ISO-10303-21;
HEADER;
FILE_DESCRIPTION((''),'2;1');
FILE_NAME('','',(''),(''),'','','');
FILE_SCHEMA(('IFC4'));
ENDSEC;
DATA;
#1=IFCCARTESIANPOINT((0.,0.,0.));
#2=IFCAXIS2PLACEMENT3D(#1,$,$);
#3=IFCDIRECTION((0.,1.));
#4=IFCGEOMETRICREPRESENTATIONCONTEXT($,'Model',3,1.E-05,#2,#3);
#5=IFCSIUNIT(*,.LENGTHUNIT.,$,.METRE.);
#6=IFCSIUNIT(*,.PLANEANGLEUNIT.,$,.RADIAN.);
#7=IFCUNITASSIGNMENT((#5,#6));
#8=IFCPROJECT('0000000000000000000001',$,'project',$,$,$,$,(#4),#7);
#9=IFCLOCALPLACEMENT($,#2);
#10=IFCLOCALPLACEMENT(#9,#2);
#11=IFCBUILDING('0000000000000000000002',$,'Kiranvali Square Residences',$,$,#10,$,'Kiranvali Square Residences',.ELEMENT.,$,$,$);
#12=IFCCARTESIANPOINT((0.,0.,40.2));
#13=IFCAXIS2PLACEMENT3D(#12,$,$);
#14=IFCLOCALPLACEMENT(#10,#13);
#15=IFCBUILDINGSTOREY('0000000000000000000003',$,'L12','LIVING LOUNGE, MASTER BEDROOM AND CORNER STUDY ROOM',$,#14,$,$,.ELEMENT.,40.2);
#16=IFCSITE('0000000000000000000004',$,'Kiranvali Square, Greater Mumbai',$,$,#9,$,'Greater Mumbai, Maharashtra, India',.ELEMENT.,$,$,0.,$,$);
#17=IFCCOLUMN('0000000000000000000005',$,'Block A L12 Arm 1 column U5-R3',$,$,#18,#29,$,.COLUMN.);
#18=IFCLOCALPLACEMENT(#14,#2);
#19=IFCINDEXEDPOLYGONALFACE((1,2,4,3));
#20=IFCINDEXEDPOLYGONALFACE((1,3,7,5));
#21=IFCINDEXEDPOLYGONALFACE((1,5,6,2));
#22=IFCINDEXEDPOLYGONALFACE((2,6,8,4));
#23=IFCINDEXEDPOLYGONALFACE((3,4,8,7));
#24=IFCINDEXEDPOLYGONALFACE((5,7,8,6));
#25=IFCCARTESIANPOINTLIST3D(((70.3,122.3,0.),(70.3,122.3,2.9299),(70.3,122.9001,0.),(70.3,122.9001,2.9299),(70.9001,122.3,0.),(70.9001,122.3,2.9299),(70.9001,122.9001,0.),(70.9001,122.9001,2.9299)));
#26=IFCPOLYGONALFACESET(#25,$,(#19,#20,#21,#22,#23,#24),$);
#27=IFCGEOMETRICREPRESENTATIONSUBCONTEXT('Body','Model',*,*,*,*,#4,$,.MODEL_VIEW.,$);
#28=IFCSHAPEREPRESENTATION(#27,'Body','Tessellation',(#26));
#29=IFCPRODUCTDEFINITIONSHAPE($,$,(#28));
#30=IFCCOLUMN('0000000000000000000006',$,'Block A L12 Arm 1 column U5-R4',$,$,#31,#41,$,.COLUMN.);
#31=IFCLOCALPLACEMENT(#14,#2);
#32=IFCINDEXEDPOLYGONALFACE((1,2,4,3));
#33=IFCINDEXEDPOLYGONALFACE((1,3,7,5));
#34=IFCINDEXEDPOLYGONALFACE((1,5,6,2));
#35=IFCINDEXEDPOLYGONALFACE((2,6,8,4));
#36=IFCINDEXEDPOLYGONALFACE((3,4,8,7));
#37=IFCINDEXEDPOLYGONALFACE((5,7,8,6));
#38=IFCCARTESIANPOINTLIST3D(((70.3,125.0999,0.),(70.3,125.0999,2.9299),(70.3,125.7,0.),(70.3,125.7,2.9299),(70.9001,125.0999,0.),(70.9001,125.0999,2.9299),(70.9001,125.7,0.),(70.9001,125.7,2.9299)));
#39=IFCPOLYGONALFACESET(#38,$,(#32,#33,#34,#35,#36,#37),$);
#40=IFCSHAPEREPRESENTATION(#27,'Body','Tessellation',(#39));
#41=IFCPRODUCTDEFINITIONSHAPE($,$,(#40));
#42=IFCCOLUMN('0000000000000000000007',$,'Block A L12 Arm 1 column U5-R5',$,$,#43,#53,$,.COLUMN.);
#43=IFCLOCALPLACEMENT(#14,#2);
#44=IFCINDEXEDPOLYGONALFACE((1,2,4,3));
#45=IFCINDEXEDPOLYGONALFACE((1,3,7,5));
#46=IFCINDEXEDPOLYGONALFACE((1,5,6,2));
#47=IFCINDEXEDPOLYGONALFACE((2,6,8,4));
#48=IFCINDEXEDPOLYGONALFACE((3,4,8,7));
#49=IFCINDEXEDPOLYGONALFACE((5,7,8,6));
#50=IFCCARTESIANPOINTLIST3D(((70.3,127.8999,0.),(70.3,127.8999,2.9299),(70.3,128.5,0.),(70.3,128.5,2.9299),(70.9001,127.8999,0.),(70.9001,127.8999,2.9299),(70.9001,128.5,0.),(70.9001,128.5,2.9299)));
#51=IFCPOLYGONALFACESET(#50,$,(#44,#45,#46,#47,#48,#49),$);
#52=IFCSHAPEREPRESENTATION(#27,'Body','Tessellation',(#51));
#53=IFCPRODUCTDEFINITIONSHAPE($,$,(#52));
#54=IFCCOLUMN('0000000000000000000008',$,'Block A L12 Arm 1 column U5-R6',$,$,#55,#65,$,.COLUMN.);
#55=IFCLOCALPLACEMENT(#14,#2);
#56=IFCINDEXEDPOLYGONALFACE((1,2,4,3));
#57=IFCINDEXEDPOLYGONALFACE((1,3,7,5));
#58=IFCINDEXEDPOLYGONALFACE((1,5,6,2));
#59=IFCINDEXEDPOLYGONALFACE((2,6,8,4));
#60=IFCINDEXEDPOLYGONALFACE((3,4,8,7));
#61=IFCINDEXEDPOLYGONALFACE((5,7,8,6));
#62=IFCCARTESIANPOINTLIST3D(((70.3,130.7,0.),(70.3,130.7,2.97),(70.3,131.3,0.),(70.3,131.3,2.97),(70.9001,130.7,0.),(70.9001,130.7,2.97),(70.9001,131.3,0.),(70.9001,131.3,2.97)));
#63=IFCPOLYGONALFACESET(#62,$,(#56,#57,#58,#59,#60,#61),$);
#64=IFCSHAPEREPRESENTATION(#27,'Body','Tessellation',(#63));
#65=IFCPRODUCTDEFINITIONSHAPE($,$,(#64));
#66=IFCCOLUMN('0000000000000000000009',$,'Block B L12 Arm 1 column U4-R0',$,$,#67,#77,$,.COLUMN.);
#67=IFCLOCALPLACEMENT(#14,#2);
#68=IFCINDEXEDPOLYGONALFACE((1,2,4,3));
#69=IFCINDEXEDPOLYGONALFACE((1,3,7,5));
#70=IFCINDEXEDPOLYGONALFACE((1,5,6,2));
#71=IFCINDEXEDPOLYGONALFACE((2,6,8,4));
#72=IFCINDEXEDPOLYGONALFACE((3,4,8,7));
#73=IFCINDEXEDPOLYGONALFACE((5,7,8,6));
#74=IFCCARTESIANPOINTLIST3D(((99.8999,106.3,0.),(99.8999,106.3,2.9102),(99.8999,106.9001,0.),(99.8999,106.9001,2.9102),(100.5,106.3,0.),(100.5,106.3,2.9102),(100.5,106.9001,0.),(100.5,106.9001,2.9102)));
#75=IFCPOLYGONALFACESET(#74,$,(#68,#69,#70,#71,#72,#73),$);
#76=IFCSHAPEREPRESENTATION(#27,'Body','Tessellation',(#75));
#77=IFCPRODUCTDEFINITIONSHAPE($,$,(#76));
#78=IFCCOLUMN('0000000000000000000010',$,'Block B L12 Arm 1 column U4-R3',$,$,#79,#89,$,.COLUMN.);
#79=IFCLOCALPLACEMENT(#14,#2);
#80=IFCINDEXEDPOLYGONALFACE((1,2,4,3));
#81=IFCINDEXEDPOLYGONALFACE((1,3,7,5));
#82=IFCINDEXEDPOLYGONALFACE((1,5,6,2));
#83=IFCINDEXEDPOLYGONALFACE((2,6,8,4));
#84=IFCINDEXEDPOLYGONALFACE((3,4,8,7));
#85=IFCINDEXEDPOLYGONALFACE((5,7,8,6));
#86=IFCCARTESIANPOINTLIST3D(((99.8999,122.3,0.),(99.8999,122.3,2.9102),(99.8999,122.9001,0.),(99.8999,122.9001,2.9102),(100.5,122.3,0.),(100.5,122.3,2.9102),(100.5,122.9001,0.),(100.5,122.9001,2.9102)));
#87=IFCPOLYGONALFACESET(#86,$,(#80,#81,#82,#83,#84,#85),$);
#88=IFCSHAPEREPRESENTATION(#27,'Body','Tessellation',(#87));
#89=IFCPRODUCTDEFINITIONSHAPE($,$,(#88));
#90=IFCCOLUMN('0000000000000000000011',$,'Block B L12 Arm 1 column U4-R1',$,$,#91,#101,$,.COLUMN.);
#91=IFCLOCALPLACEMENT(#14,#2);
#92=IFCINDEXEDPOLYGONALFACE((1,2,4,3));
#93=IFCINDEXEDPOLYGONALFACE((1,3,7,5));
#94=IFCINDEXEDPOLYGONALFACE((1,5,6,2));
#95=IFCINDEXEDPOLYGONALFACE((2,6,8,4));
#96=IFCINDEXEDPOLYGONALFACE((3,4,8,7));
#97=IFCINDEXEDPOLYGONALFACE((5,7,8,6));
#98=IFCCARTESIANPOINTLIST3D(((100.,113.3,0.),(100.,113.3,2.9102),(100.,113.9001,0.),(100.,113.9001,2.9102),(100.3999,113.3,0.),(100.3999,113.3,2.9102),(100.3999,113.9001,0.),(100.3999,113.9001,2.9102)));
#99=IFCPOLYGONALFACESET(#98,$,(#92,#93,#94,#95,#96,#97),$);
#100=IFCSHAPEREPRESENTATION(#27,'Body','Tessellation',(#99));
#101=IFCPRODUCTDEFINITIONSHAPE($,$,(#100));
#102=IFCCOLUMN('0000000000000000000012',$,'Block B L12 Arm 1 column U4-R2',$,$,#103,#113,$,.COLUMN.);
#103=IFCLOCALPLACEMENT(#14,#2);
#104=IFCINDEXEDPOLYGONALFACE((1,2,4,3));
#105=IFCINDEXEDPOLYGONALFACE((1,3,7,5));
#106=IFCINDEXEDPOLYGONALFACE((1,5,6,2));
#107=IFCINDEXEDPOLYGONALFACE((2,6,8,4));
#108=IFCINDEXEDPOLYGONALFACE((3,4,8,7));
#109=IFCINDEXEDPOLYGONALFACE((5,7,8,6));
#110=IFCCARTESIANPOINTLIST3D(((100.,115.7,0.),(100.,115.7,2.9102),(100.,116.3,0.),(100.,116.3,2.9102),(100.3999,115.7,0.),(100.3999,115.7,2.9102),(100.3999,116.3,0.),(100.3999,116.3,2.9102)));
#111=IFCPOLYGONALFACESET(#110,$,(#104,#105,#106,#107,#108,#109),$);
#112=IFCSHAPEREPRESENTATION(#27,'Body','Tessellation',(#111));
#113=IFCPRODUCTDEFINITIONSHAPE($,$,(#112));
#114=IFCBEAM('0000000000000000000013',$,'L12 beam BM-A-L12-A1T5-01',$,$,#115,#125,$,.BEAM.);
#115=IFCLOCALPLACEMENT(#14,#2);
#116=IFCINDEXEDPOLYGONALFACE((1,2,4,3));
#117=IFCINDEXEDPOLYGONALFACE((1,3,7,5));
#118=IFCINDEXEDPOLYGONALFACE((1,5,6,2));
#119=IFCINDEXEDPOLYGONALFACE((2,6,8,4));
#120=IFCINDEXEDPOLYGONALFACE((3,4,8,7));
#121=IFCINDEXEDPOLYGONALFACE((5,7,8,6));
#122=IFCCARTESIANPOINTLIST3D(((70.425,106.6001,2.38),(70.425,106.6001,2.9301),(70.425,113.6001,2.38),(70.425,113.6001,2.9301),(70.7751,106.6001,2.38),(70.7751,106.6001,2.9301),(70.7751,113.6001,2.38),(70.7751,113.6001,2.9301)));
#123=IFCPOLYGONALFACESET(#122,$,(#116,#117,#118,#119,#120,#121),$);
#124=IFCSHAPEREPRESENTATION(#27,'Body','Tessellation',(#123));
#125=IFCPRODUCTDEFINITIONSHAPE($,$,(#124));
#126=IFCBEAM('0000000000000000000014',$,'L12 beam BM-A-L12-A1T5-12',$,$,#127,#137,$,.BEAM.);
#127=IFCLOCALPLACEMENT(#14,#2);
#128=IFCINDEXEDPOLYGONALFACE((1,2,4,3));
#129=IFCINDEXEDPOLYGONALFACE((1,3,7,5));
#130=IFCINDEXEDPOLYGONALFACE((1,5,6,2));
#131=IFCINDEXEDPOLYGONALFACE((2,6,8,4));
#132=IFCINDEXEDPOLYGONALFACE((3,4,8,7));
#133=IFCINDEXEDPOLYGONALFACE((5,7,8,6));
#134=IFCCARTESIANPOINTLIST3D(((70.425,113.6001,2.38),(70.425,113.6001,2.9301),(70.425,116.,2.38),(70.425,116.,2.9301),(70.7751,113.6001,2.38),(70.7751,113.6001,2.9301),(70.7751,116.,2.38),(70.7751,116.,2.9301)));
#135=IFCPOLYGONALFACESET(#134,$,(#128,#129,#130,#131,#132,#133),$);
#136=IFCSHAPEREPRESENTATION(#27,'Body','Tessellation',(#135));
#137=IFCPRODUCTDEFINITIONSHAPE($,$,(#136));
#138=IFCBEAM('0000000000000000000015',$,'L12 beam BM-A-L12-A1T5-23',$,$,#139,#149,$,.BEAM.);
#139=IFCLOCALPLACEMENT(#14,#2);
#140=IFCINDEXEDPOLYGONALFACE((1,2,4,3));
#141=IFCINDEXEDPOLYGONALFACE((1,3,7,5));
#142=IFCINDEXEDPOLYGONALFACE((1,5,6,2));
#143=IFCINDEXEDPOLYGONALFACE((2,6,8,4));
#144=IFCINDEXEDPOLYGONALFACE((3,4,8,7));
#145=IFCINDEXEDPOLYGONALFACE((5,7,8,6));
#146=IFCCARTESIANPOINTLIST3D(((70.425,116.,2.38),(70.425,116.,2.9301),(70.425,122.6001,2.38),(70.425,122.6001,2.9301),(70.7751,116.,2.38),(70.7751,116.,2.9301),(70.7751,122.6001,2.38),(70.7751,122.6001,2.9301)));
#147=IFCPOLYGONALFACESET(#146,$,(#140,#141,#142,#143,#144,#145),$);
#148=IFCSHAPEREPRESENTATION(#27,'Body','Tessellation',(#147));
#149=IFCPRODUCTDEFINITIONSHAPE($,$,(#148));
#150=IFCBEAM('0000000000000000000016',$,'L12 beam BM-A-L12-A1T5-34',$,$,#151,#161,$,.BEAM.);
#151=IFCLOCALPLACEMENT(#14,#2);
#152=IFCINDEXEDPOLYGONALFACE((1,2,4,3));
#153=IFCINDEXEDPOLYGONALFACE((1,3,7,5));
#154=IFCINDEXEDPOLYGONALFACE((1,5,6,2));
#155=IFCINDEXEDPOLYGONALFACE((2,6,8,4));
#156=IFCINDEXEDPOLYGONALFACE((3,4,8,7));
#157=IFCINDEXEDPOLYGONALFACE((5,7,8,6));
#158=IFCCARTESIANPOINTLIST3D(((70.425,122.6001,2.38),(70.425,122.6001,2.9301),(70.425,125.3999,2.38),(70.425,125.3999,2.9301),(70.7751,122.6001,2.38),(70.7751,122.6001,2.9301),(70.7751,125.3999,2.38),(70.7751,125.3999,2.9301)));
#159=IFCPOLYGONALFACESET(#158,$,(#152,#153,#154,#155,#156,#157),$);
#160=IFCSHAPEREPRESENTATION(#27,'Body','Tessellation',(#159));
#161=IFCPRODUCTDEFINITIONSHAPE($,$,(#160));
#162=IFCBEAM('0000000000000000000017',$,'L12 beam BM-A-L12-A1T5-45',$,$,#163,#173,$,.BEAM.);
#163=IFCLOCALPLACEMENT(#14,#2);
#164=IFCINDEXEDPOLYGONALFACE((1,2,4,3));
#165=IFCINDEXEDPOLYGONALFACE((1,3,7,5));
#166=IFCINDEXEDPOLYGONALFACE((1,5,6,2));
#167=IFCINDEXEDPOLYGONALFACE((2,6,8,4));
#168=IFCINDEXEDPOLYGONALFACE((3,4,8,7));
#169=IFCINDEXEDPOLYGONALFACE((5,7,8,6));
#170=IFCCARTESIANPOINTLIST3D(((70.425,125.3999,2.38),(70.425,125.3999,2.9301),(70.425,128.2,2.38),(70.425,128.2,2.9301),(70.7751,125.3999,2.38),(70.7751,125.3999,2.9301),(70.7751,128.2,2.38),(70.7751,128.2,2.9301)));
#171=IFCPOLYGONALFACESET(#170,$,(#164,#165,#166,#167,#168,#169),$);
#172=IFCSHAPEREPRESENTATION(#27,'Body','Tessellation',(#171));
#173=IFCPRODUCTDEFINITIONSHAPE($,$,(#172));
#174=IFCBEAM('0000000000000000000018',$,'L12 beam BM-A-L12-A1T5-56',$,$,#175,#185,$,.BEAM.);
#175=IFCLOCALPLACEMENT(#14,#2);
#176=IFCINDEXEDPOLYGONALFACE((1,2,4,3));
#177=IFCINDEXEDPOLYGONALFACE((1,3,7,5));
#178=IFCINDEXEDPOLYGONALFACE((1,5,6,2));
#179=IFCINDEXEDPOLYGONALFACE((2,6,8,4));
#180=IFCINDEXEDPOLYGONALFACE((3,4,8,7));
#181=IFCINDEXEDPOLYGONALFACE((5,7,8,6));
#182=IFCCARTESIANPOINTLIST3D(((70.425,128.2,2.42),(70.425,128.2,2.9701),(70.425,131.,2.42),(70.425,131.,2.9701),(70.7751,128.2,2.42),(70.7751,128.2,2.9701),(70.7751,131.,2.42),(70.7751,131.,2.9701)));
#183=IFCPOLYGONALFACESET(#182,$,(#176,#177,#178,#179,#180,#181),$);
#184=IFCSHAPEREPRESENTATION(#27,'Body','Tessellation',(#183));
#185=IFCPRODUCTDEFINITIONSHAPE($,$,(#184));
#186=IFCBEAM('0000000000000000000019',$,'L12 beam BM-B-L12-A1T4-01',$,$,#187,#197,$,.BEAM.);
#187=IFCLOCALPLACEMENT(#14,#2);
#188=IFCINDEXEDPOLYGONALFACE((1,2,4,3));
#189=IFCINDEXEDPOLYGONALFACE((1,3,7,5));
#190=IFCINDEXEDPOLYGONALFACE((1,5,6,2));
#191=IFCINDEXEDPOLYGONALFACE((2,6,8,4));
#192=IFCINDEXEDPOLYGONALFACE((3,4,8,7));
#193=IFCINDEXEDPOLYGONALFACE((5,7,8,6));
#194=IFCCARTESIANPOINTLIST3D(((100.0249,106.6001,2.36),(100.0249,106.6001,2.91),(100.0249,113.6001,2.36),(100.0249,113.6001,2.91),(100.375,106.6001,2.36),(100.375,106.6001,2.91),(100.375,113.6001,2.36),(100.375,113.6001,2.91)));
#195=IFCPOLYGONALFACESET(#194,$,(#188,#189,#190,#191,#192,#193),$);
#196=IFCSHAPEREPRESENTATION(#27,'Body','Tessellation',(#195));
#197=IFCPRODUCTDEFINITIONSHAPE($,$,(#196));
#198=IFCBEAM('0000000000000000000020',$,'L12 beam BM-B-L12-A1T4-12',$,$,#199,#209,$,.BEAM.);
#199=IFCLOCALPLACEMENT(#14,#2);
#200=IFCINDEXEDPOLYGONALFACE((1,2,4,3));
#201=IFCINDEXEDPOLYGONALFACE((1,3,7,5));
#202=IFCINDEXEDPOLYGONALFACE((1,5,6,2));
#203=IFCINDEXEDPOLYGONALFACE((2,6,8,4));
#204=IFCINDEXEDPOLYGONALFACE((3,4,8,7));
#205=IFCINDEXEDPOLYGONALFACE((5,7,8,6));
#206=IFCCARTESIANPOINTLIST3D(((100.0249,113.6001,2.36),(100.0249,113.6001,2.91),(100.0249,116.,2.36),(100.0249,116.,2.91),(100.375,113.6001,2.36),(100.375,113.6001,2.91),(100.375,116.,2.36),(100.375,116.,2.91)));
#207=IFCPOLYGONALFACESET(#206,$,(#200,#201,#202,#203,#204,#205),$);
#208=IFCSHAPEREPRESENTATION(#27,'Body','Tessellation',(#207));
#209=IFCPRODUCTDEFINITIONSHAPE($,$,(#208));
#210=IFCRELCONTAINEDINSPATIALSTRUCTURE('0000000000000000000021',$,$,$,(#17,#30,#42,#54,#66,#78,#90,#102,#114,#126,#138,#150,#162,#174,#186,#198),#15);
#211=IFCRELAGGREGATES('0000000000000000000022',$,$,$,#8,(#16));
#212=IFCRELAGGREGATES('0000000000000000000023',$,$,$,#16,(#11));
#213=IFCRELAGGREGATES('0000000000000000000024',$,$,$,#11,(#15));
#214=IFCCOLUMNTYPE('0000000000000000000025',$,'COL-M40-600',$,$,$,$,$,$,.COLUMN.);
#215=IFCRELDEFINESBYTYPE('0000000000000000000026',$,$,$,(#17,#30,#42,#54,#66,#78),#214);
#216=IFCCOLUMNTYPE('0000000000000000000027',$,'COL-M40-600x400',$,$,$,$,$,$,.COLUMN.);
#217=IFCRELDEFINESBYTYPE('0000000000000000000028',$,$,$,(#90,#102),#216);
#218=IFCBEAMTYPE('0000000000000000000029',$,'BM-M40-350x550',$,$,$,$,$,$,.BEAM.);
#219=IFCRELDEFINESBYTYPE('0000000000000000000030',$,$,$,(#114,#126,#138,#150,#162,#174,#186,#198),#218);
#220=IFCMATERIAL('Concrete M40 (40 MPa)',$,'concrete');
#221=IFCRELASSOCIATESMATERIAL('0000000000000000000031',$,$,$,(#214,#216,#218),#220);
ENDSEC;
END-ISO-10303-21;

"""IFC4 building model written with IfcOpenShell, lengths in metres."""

from ifc_helpers import new_model, si_unit, direction, frame, origin, origin_2d, place, context, subcontext, project, spatial, rectangle, extrude, material, material_profile, profile_set, type_object, element, save


model = new_model("IFC4")

# Units and contexts
model_context = context("Model", 3, precision=1e-05, world=origin(), true_north=direction((0.0, 1.0)))
body_context = subcontext(model_context, "Body", "Model", "MODEL_VIEW")
ifc_project = project(units=[si_unit("LENGTHUNIT", "METRE"), si_unit("PLANEANGLEUNIT", "RADIAN")], contexts=[model_context])

# Site, building, storey
site_placement = place(None, origin())
site = spatial("IfcSite", under=ifc_project, at=site_placement, Name="Kiranvali Square, Greater Mumbai", LongName="Greater Mumbai, Maharashtra, India", CompositionType="ELEMENT", RefElevation=0.0)
building_placement = place(site_placement, origin())
building = spatial("IfcBuilding", under=site, at=building_placement, Name="Kiranvali Square Residences", LongName="Kiranvali Square Residences", CompositionType="ELEMENT")
storey_placement = place(building_placement, frame((0.0, 0.0, 40.2)))
storey = spatial("IfcBuildingStorey", under=building, at=storey_placement, Name="L12", Description="LIVING LOUNGE, MASTER BEDROOM AND CORNER STUDY ROOM", CompositionType="ELEMENT", Elevation=40.2)

# Columns
ifc_material_1 = material(Name="Concrete M40 (40 MPa)", Category="concrete")
ifc_material_profile_1 = material_profile(ifc_material_1, rectangle(XDim=0.6001, YDim=0.6001, at=origin_2d()), Name="RC 600x600")
ifc_profile_set_1 = profile_set([ifc_material_profile_1], Name="Concrete M40 (40 MPa)")
column_type_1 = type_object("IfcColumnType", Name="COL-M40-600", PredefinedType="COLUMN", material=ifc_profile_set_1)
for number, where, z_axis, x_axis, name in (
    (1, (70.6001, 122.6001, 0.0), (0.0, 0.0, 1.0), (1.0, 0.0, 0.0), "Block A L12 Arm 1 column U5-R3"),
    (2, (70.6001, 125.3999, 0.0), (0.0, 0.0, 1.0), (1.0, 0.0, 0.0), "Block A L12 Arm 1 column U5-R4"),
    (3, (70.6001, 128.2, 0.0), (0.0, 0.0, 1.0), (1.0, 0.0, 0.0), "Block A L12 Arm 1 column U5-R5"),
):
    element("IfcColumn", number, at=place(storey_placement, frame(where, z_axis=z_axis, x_axis=x_axis)), inside=storey, type_object=column_type_1, Name=name, PredefinedType="COLUMN", context=body_context, shape_type="SweptSolid", body=[
        extrude(rectangle(XDim=0.6001, YDim=0.6001, at=origin_2d()), origin(), (0.0, 0.0, 1.0), 2.9299),
    ])
column_placement = place(storey_placement, frame((70.6001, 131.0, 0.0), z_axis=(0.0, 0.0, 1.0), x_axis=(1.0, 0.0, 0.0)))
element("IfcColumn", 4, at=column_placement, inside=storey, type_object=column_type_1, Name="Block A L12 Arm 1 column U5-R6", PredefinedType="COLUMN", context=body_context, shape_type="SweptSolid", body=[
    extrude(rectangle(XDim=0.6001, YDim=0.6001, at=origin_2d()), origin(), (0.0, 0.0, 1.0), 2.97),
])
for number, where, z_axis, x_axis, name in (
    (5, (100.2, 106.6001, 0.0), (0.0, 0.0, 1.0), (1.0, 0.0, 0.0), "Block B L12 Arm 1 column U4-R0"),
    (6, (100.2, 122.6001, 0.0), (0.0, 0.0, 1.0), (1.0, 0.0, 0.0), "Block B L12 Arm 1 column U4-R3"),
):
    element("IfcColumn", number, at=place(storey_placement, frame(where, z_axis=z_axis, x_axis=x_axis)), inside=storey, type_object=column_type_1, Name=name, PredefinedType="COLUMN", context=body_context, shape_type="SweptSolid", body=[
        extrude(rectangle(XDim=0.6001, YDim=0.6001, at=origin_2d()), origin(), (0.0, 0.0, 1.0), 2.9102),
    ])
ifc_material_profile_2 = material_profile(ifc_material_1, rectangle(XDim=0.3999, YDim=0.6001, at=origin_2d()), Name="RC 600x400")
ifc_profile_set_2 = profile_set([ifc_material_profile_2], Name="Concrete M40 (40 MPa)")
column_type_2 = type_object("IfcColumnType", Name="COL-M40-600x400", PredefinedType="COLUMN", material=ifc_profile_set_2)
for number, where, z_axis, x_axis, name in (
    (7, (100.2, 113.6001, 0.0), (0.0, 0.0, 1.0), (1.0, 0.0, 0.0), "Block B L12 Arm 1 column U4-R1"),
    (8, (100.2, 116.0, 0.0), (0.0, 0.0, 1.0), (1.0, 0.0, 0.0), "Block B L12 Arm 1 column U4-R2"),
):
    element("IfcColumn", number, at=place(storey_placement, frame(where, z_axis=z_axis, x_axis=x_axis)), inside=storey, type_object=column_type_2, Name=name, PredefinedType="COLUMN", context=body_context, shape_type="SweptSolid", body=[
        extrude(rectangle(XDim=0.3999, YDim=0.6001, at=origin_2d()), origin(), (0.0, 0.0, 1.0), 2.9102),
    ])

# Beams
ifc_material_profile_3 = material_profile(ifc_material_1, rectangle(XDim=0.3501, YDim=0.55, at=origin_2d()), Name="RC 350x550")
ifc_profile_set_3 = profile_set([ifc_material_profile_3], Name="Concrete M40 (40 MPa)")
beam_type = type_object("IfcBeamType", Name="BM-M40-350x550", PredefinedType="BEAM", material=ifc_profile_set_3)
beam_1_placement = place(storey_placement, frame((70.6001, 106.6001, 2.655), z_axis=(0.0, 1.0, 0.0), x_axis=(-1.0, 0.0, 0.0)))
element("IfcBeam", 9, at=beam_1_placement, inside=storey, type_object=beam_type, Name="L12 beam BM-A-L12-A1T5-01", PredefinedType="BEAM", context=body_context, shape_type="SweptSolid", body=[
    extrude(rectangle(XDim=0.3501, YDim=0.55, at=origin_2d()), origin(), (0.0, 0.0, 1.0), 7.0),
])
beam_2_placement = place(storey_placement, frame((70.6001, 113.6001, 2.655), z_axis=(0.0, 1.0, 0.0), x_axis=(-1.0, 0.0, 0.0)))
element("IfcBeam", 10, at=beam_2_placement, inside=storey, type_object=beam_type, Name="L12 beam BM-A-L12-A1T5-12", PredefinedType="BEAM", context=body_context, shape_type="SweptSolid", body=[
    extrude(rectangle(XDim=0.3501, YDim=0.55, at=origin_2d()), origin(), (0.0, 0.0, 1.0), 2.3999),
])
beam_3_placement = place(storey_placement, frame((70.6001, 116.0, 2.655), z_axis=(0.0, 1.0, 0.0), x_axis=(-1.0, 0.0, 0.0)))
element("IfcBeam", 11, at=beam_3_placement, inside=storey, type_object=beam_type, Name="L12 beam BM-A-L12-A1T5-23", PredefinedType="BEAM", context=body_context, shape_type="SweptSolid", body=[
    extrude(rectangle(XDim=0.3501, YDim=0.55, at=origin_2d()), origin(), (0.0, 0.0, 1.0), 6.6001),
])
beam_4_placement = place(storey_placement, frame((70.6001, 122.6001, 2.655), z_axis=(0.0, 1.0, 0.0), x_axis=(-1.0, 0.0, 0.0)))
element("IfcBeam", 12, at=beam_4_placement, inside=storey, type_object=beam_type, Name="L12 beam BM-A-L12-A1T5-34", PredefinedType="BEAM", context=body_context, shape_type="SweptSolid", body=[
    extrude(rectangle(XDim=0.3501, YDim=0.55, at=origin_2d()), origin(), (0.0, 0.0, 1.0), 2.7998),
])
for number, where, z_axis, x_axis, name in (
    (13, (70.6001, 125.3999, 2.655), (0.0, 1.0, 0.0), (-1.0, 0.0, 0.0), "L12 beam BM-A-L12-A1T5-45"),
    (14, (70.6001, 128.2, 2.6951), (0.0, 1.0, 0.0), (-1.0, 0.0, 0.0), "L12 beam BM-A-L12-A1T5-56"),
):
    element("IfcBeam", number, at=place(storey_placement, frame(where, z_axis=z_axis, x_axis=x_axis)), inside=storey, type_object=beam_type, Name=name, PredefinedType="BEAM", context=body_context, shape_type="SweptSolid", body=[
        extrude(rectangle(XDim=0.3501, YDim=0.55, at=origin_2d()), origin(), (0.0, 0.0, 1.0), 2.8),
    ])
beam_5_placement = place(storey_placement, frame((100.2, 106.6001, 2.635), z_axis=(0.0, 1.0, 0.0), x_axis=(-1.0, 0.0, 0.0)))
element("IfcBeam", 15, at=beam_5_placement, inside=storey, type_object=beam_type, Name="L12 beam BM-B-L12-A1T4-01", PredefinedType="BEAM", context=body_context, shape_type="SweptSolid", body=[
    extrude(rectangle(XDim=0.3501, YDim=0.55, at=origin_2d()), origin(), (0.0, 0.0, 1.0), 7.0),
])
beam_6_placement = place(storey_placement, frame((100.2, 113.6001, 2.635), z_axis=(0.0, 1.0, 0.0), x_axis=(-1.0, 0.0, 0.0)))
element("IfcBeam", 16, at=beam_6_placement, inside=storey, type_object=beam_type, Name="L12 beam BM-B-L12-A1T4-12", PredefinedType="BEAM", context=body_context, shape_type="SweptSolid", body=[
    extrude(rectangle(XDim=0.3501, YDim=0.55, at=origin_2d()), origin(), (0.0, 0.0, 1.0), 2.3999),
])

save(model, "model.ifc")
